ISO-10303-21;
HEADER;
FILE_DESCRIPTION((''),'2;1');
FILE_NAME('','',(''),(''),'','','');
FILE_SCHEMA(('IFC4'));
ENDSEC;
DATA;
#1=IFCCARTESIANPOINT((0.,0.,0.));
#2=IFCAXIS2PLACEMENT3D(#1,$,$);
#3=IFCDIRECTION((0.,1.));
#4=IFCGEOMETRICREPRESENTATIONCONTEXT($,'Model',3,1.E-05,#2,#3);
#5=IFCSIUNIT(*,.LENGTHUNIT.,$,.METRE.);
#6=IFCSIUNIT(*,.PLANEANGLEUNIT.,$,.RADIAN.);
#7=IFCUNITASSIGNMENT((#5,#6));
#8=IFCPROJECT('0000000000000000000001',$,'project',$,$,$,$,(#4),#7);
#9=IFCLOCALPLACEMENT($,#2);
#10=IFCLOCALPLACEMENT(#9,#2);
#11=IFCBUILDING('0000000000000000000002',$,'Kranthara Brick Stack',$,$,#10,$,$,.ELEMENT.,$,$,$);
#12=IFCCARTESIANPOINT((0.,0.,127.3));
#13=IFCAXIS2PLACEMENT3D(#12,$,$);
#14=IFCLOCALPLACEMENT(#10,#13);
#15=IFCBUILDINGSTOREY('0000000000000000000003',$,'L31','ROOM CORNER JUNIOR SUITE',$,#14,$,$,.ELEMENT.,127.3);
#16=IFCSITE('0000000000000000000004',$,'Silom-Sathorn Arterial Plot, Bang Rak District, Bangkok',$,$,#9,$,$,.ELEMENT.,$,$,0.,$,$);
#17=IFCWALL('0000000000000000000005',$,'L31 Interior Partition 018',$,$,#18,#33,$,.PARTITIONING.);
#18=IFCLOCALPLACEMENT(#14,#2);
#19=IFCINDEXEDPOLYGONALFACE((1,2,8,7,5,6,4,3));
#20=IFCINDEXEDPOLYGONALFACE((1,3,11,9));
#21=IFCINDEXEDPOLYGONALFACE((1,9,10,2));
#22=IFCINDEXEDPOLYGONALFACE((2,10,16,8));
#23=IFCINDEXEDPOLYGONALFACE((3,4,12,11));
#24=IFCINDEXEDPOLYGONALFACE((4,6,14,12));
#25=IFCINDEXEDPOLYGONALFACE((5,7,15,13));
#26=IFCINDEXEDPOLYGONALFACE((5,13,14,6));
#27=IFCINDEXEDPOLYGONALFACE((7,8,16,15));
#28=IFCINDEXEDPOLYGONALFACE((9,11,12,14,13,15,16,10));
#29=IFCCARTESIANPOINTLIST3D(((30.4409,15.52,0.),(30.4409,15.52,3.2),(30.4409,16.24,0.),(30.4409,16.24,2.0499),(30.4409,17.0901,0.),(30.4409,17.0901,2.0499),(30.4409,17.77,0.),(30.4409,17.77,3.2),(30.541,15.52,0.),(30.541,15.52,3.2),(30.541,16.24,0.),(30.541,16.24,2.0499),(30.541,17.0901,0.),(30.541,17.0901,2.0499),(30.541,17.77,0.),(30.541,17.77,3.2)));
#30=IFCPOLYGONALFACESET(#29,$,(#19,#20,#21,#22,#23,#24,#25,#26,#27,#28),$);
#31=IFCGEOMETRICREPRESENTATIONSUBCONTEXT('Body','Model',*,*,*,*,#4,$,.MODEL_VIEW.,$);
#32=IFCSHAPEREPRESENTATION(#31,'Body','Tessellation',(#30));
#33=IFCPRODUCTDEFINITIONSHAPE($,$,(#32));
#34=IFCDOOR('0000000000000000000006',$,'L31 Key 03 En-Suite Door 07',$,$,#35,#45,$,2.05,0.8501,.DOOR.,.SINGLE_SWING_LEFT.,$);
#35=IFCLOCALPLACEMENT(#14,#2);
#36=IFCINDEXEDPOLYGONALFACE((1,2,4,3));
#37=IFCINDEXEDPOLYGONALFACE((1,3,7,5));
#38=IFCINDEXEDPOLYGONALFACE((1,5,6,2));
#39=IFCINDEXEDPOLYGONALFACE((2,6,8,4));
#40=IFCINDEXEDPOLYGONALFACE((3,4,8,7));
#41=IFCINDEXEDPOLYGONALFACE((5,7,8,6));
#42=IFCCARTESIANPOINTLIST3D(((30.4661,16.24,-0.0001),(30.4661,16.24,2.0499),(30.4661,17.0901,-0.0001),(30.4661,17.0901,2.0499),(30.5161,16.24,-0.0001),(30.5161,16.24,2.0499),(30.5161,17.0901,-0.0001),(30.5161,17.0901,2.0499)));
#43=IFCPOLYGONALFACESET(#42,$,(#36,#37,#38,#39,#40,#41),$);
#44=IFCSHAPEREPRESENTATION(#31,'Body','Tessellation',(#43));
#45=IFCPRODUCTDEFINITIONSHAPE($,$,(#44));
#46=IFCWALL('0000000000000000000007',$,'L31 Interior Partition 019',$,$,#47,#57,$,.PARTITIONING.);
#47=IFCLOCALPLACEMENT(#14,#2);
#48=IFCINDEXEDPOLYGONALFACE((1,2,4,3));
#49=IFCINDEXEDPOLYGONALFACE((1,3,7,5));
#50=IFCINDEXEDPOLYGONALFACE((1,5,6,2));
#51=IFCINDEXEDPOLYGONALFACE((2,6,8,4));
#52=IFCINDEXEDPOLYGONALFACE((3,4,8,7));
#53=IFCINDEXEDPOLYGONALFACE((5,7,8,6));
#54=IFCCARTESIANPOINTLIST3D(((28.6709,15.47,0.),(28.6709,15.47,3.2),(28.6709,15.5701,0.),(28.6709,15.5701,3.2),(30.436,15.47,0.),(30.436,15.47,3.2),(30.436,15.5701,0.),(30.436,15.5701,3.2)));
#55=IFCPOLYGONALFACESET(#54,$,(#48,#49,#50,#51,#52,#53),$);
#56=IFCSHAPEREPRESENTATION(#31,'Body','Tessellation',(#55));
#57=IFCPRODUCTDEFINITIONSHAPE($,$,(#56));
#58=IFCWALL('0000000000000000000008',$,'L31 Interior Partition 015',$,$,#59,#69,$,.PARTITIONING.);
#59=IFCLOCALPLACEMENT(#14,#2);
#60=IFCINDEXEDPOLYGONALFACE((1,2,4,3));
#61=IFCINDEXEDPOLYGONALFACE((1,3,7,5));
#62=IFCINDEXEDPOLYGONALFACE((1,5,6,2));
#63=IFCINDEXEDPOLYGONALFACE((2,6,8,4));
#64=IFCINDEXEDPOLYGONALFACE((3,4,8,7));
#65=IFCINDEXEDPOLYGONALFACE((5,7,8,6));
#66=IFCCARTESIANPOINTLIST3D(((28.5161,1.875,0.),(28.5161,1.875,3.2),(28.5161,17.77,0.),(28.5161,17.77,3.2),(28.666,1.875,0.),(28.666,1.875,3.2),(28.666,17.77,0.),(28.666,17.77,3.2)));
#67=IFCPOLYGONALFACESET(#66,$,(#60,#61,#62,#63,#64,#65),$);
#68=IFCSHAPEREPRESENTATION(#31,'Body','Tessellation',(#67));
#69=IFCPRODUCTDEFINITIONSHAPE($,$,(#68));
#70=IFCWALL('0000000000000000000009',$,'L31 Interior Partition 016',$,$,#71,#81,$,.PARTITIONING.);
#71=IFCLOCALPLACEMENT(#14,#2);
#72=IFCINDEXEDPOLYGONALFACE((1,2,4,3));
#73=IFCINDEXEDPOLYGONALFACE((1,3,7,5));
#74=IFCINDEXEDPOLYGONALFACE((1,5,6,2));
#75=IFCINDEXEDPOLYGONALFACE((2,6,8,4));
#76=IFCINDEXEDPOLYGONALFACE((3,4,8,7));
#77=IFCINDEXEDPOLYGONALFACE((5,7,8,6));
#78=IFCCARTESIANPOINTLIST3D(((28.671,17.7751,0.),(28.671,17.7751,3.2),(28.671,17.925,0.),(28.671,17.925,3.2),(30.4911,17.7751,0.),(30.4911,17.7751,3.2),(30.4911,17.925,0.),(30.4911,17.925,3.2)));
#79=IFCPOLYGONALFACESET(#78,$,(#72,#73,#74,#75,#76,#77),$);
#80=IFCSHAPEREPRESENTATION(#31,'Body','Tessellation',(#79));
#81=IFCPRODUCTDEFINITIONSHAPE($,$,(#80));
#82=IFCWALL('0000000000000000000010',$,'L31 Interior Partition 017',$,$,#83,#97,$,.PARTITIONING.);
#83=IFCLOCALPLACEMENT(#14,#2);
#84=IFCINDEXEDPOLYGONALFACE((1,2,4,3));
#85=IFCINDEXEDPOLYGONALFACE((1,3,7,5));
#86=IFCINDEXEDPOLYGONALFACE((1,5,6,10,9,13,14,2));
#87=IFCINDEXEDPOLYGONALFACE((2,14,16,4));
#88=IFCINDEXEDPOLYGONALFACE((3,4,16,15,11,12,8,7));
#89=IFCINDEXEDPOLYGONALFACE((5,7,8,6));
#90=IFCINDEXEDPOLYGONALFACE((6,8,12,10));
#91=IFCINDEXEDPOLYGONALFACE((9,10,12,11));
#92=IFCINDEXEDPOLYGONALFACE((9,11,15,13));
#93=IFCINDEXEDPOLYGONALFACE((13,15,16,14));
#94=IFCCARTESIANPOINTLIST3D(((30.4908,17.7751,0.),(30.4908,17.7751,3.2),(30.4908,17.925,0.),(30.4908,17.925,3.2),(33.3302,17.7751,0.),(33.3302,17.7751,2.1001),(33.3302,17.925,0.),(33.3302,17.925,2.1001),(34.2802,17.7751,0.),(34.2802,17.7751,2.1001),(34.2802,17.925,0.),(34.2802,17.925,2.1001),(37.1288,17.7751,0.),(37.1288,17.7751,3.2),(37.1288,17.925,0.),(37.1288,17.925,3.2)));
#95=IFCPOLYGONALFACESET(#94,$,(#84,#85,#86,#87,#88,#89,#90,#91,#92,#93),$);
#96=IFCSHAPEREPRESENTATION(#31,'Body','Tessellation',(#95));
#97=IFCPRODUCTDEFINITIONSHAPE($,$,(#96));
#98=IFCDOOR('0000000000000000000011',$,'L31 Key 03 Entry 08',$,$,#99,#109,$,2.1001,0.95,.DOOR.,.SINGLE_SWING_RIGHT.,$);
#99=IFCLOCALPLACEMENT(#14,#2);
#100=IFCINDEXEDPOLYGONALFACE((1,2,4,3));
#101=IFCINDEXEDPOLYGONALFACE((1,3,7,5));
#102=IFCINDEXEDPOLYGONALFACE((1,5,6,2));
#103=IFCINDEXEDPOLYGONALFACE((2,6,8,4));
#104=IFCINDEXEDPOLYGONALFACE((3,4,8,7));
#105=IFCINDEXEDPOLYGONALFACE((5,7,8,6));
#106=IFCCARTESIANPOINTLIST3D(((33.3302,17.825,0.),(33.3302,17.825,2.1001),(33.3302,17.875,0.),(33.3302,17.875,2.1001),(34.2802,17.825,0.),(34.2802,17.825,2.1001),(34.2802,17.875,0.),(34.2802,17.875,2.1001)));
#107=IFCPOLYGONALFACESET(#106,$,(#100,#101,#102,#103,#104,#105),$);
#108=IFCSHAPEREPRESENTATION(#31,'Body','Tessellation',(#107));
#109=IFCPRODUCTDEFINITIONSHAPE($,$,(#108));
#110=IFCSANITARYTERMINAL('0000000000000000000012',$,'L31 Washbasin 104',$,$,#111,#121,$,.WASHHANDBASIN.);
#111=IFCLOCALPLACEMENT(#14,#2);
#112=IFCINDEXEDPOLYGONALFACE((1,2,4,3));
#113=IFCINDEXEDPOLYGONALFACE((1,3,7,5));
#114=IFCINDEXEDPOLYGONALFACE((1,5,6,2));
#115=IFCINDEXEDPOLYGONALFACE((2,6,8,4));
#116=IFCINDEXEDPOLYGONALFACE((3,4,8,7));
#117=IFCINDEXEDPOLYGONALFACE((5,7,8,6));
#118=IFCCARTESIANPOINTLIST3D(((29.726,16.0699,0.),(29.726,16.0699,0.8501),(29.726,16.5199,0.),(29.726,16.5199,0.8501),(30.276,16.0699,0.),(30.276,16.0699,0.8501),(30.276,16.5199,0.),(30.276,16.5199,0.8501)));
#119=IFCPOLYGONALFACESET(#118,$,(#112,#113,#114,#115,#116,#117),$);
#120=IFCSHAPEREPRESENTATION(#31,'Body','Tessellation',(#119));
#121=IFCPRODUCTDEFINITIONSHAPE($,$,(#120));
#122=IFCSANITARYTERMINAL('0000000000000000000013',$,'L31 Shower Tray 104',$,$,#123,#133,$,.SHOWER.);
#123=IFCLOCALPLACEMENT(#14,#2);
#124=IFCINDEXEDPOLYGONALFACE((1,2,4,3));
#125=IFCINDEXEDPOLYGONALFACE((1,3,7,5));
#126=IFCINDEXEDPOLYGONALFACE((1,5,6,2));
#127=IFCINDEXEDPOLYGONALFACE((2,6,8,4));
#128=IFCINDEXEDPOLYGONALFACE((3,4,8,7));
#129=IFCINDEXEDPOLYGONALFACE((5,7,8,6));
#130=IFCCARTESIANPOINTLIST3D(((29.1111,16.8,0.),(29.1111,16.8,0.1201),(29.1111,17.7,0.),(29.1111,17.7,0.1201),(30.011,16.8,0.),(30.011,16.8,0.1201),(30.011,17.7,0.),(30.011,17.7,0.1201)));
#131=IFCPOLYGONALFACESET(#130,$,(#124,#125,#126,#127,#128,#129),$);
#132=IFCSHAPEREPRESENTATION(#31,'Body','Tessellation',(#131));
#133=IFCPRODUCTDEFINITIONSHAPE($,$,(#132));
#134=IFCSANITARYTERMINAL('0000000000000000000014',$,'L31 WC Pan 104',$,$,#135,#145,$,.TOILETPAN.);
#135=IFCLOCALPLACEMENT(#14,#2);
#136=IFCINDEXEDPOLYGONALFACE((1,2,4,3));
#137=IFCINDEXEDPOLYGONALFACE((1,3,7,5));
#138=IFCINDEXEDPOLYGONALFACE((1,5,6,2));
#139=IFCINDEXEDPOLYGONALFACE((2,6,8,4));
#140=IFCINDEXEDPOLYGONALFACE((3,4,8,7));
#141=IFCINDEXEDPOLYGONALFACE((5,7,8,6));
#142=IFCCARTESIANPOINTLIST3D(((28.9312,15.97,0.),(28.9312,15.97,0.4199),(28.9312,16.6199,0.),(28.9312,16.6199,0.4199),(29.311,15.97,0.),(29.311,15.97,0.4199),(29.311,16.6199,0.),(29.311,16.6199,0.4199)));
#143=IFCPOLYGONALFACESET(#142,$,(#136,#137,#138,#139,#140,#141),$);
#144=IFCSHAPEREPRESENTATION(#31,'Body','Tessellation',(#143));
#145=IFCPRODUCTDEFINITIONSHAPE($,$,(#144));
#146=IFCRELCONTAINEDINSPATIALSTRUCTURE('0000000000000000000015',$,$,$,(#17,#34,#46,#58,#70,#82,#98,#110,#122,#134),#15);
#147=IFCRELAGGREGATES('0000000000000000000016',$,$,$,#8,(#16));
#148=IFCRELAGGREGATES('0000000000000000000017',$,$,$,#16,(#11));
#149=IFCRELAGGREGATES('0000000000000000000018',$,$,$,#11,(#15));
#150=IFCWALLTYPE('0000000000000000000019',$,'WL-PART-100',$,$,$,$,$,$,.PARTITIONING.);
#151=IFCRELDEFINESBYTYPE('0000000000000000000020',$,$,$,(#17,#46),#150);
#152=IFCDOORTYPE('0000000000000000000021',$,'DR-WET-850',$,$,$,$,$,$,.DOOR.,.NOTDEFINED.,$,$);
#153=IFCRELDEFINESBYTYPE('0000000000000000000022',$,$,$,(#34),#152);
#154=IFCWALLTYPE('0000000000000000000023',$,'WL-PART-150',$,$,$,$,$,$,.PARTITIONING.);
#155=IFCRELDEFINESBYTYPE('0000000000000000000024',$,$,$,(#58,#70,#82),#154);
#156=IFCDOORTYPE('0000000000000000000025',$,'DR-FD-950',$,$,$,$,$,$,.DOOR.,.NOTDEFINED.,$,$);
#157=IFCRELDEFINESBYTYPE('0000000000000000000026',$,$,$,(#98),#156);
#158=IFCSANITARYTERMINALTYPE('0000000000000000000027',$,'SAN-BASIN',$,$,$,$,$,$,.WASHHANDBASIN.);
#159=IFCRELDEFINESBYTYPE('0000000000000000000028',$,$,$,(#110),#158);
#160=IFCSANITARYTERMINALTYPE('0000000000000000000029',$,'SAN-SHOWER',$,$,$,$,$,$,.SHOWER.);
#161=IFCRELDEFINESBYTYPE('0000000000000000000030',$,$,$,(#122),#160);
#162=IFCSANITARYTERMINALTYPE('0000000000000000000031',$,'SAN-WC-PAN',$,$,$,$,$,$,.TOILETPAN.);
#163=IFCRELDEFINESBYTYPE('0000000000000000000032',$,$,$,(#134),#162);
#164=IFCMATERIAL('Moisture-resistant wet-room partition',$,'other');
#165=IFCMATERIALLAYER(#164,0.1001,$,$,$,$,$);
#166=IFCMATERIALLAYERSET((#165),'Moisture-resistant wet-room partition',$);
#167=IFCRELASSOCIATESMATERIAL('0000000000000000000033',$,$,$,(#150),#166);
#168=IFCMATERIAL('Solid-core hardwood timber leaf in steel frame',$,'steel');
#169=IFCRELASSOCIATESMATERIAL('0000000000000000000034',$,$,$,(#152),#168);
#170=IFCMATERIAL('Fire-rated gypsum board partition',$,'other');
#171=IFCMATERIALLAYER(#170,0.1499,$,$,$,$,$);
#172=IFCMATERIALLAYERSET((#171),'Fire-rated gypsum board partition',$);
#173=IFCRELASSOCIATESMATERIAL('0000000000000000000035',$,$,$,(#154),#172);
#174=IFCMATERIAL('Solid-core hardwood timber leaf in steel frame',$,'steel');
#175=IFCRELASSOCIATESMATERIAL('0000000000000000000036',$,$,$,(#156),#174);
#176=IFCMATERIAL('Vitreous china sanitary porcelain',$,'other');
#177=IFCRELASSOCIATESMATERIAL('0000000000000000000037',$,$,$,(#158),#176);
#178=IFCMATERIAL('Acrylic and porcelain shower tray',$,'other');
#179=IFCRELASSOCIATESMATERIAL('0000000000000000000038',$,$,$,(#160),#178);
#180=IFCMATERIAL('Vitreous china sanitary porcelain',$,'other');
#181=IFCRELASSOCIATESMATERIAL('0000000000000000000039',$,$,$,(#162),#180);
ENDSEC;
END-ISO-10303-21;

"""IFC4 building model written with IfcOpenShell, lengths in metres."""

from ifc_helpers import new_model, si_unit, direction, frame, frame_2d, origin, origin_2d, place, context, subcontext, project, spatial, rectangle, extrude, material, layer, layer_set, type_object, element, fill, save


model = new_model("IFC4")

# Units and contexts
model_context = context("Model", 3, precision=1e-05, world=origin(), true_north=direction((0.0, 1.0)))
body_context = subcontext(model_context, "Body", "Model", "MODEL_VIEW")
ifc_project = project(units=[si_unit("LENGTHUNIT", "METRE"), si_unit("PLANEANGLEUNIT", "RADIAN")], contexts=[model_context])

# Site, building, storey
site_placement = place(None, origin())
site = spatial("IfcSite", under=ifc_project, at=site_placement, Name="Silom-Sathorn Arterial Plot, Bang Rak District, Bangkok", CompositionType="ELEMENT", RefElevation=0.0)
building_placement = place(site_placement, origin())
building = spatial("IfcBuilding", under=site, at=building_placement, Name="Kranthara Brick Stack", CompositionType="ELEMENT")
storey_placement = place(building_placement, frame((0.0, 0.0, 127.3)))
storey = spatial("IfcBuildingStorey", under=building, at=storey_placement, Name="L31", Description="ROOM CORNER JUNIOR SUITE", CompositionType="ELEMENT", Elevation=127.3)

# Wall, opening, door
ifc_material_1 = material(Name="Moisture-resistant wet-room partition", Category="other")
ifc_layer_1 = layer(ifc_material_1, 0.1001)
ifc_layer_set_1 = layer_set([ifc_layer_1], Name="Moisture-resistant wet-room partition")
wall_type_1 = type_object("IfcWallType", Name="WL-PART-100", PredefinedType="PARTITIONING", material=ifc_layer_set_1)
wall_1_placement = place(storey_placement, frame((30.491, 15.52, 0.0), z_axis=(0.0, 0.0, 1.0), x_axis=(0.0, 1.0, 0.0)))
wall_1 = element("IfcWall", 1, at=wall_1_placement, inside=storey, type_object=wall_type_1, Name="L31 Interior Partition 018", PredefinedType="PARTITIONING", context=body_context, shape_type="SweptSolid", body=[
    extrude(rectangle(XDim=2.25, YDim=0.1001, at=frame_2d((1.125, 0.0))), origin(), (0.0, 0.0, 1.0), 3.2),
])
opening_1_placement = place(wall_1_placement, frame((0.72, 0.0, 0.0)))
opening_1 = element("IfcOpeningElement", 2, at=opening_1_placement, cuts=wall_1, PredefinedType="OPENING", context=body_context, shape_type="SweptSolid", body=[
    extrude(rectangle(XDim=0.8501, YDim=2.05, at=frame_2d((0.425, 1.0249))), frame((0.0, 0.0601, 0.0), z_axis=(0.0, -1.0, 0.0), x_axis=(1.0, 0.0, 0.0)), (0.0, 0.0, 1.0), 0.1201),
])
ifc_material_2 = material(Name="Solid-core hardwood timber leaf in steel frame", Category="steel")
door_type_1 = type_object("IfcDoorType", Name="DR-WET-850", OperationType="NOTDEFINED", PredefinedType="DOOR", material=ifc_material_2)
door_1_placement = place(opening_1_placement, origin())
door_1 = element("IfcDoor", 3, at=door_1_placement, inside=storey, type_object=door_type_1, Name="L31 Key 03 En-Suite Door 07", OperationType="SINGLE_SWING_LEFT", OverallHeight=2.05, OverallWidth=0.8501, PredefinedType="DOOR", context=body_context, shape_type="SweptSolid", body=[
    extrude(rectangle(XDim=0.8501, YDim=2.05, at=frame_2d((0.425, 1.0249))), frame((0.0, 0.0249, 0.0), z_axis=(0.0, -1.0, 0.0), x_axis=(1.0, 0.0, 0.0)), (0.0, 0.0, 1.0), 0.05),
])
fill(opening_1, door_1)

# Walls
wall_2_placement = place(storey_placement, frame((28.6709, 15.52, 0.0), z_axis=(0.0, 0.0, 1.0), x_axis=(1.0, 0.0, 0.0)))
element("IfcWall", 4, at=wall_2_placement, inside=storey, type_object=wall_type_1, Name="L31 Interior Partition 019", PredefinedType="PARTITIONING", context=body_context, shape_type="SweptSolid", body=[
    extrude(rectangle(XDim=1.7651, YDim=0.1001, at=frame_2d((0.8826, 0.0))), origin(), (0.0, 0.0, 1.0), 3.2),
])
ifc_material_3 = material(Name="Fire-rated gypsum board partition", Category="other")
ifc_layer_2 = layer(ifc_material_3, 0.1499)
ifc_layer_set_2 = layer_set([ifc_layer_2], Name="Fire-rated gypsum board partition")
wall_type_2 = type_object("IfcWallType", Name="WL-PART-150", PredefinedType="PARTITIONING", material=ifc_layer_set_2)
wall_3_placement = place(storey_placement, frame((28.5911, 1.875, 0.0), z_axis=(0.0, 0.0, 1.0), x_axis=(0.0, 1.0, 0.0)))
element("IfcWall", 5, at=wall_3_placement, inside=storey, type_object=wall_type_2, Name="L31 Interior Partition 015", PredefinedType="PARTITIONING", context=body_context, shape_type="SweptSolid", body=[
    extrude(rectangle(XDim=15.895, YDim=0.1499, at=frame_2d((7.9475, 0.0))), origin(), (0.0, 0.0, 1.0), 3.2),
])
wall_4_placement = place(storey_placement, frame((28.6709, 17.8501, 0.0), z_axis=(0.0, 0.0, 1.0), x_axis=(1.0, 0.0, 0.0)))
element("IfcWall", 6, at=wall_4_placement, inside=storey, type_object=wall_type_2, Name="L31 Interior Partition 016", PredefinedType="PARTITIONING", context=body_context, shape_type="SweptSolid", body=[
    extrude(rectangle(XDim=1.8201, YDim=0.1499, at=frame_2d((0.9102, 0.0))), origin(), (0.0, 0.0, 1.0), 3.2),
])

# Wall, opening, door
wall_5_placement = place(storey_placement, frame((30.491, 17.8501, 0.0), z_axis=(0.0, 0.0, 1.0), x_axis=(1.0, 0.0, 0.0)))
wall_5 = element("IfcWall", 7, at=wall_5_placement, inside=storey, type_object=wall_type_2, Name="L31 Interior Partition 017", PredefinedType="PARTITIONING", context=body_context, shape_type="SweptSolid", body=[
    extrude(rectangle(XDim=6.6379, YDim=0.1499, at=frame_2d((3.3188, 0.0))), origin(), (0.0, 0.0, 1.0), 3.2),
])
opening_2_placement = place(wall_5_placement, frame((2.8391, 0.0, 0.0)))
opening_2 = element("IfcOpeningElement", 8, at=opening_2_placement, cuts=wall_5, PredefinedType="OPENING", context=body_context, shape_type="SweptSolid", body=[
    extrude(rectangle(XDim=0.95, YDim=2.1001, at=frame_2d((0.4751, 1.05))), frame((0.0, 0.085, 0.0), z_axis=(0.0, -1.0, 0.0), x_axis=(1.0, 0.0, 0.0)), (0.0, 0.0, 1.0), 0.1699),
])
ifc_material_4 = material(Name="Solid-core hardwood timber leaf in steel frame", Category="steel")
door_type_2 = type_object("IfcDoorType", Name="DR-FD-950", OperationType="NOTDEFINED", PredefinedType="DOOR", material=ifc_material_4)
door_2_placement = place(opening_2_placement, origin())
door_2 = element("IfcDoor", 9, at=door_2_placement, inside=storey, type_object=door_type_2, Name="L31 Key 03 Entry 08", OperationType="SINGLE_SWING_RIGHT", OverallHeight=2.1001, OverallWidth=0.95, PredefinedType="DOOR", context=body_context, shape_type="SweptSolid", body=[
    extrude(rectangle(XDim=0.95, YDim=2.1001, at=frame_2d((0.4751, 1.05))), frame((0.0, 0.0249, 0.0), z_axis=(0.0, -1.0, 0.0), x_axis=(1.0, 0.0, 0.0)), (0.0, 0.0, 1.0), 0.05),
])
fill(opening_2, door_2)

# Sanitary terminals
ifc_material_5 = material(Name="Vitreous china sanitary porcelain", Category="other")
sanitary_terminal_type_1 = type_object("IfcSanitaryTerminalType", Name="SAN-BASIN", PredefinedType="WASHHANDBASIN", material=ifc_material_5)
sanitary_terminal_1_placement = place(storey_placement, frame((30.001, 16.2949, 0.0), z_axis=(0.0, 0.0, 1.0), x_axis=(1.0, 0.0, 0.0)))
element("IfcSanitaryTerminal", 10, at=sanitary_terminal_1_placement, inside=storey, type_object=sanitary_terminal_type_1, Name="L31 Washbasin 104", PredefinedType="WASHHANDBASIN", context=body_context, shape_type="SweptSolid", body=[
    extrude(rectangle(XDim=0.55, YDim=0.45, at=origin_2d()), origin(), (0.0, 0.0, 1.0), 0.8501),
])
ifc_material_6 = material(Name="Acrylic and porcelain shower tray", Category="other")
sanitary_terminal_type_2 = type_object("IfcSanitaryTerminalType", Name="SAN-SHOWER", PredefinedType="SHOWER", material=ifc_material_6)
sanitary_terminal_2_placement = place(storey_placement, frame((29.561, 17.25, 0.0), z_axis=(0.0, 0.0, 1.0), x_axis=(1.0, 0.0, 0.0)))
element("IfcSanitaryTerminal", 11, at=sanitary_terminal_2_placement, inside=storey, type_object=sanitary_terminal_type_2, Name="L31 Shower Tray 104", PredefinedType="SHOWER", context=body_context, shape_type="SweptSolid", body=[
    extrude(rectangle(XDim=0.8999, YDim=0.8999, at=origin_2d()), origin(), (0.0, 0.0, 1.0), 0.1201),
])
ifc_material_7 = material(Name="Vitreous china sanitary porcelain", Category="other")
sanitary_terminal_type_3 = type_object("IfcSanitaryTerminalType", Name="SAN-WC-PAN", PredefinedType="TOILETPAN", material=ifc_material_7)
sanitary_terminal_3_placement = place(storey_placement, frame((29.1211, 16.2949, 0.0), z_axis=(0.0, 0.0, 1.0), x_axis=(1.0, 0.0, 0.0)))
element("IfcSanitaryTerminal", 12, at=sanitary_terminal_3_placement, inside=storey, type_object=sanitary_terminal_type_3, Name="L31 WC Pan 104", PredefinedType="TOILETPAN", context=body_context, shape_type="SweptSolid", body=[
    extrude(rectangle(XDim=0.3799, YDim=0.6499, at=origin_2d()), origin(), (0.0, 0.0, 1.0), 0.4199),
])

save(model, "model.ifc")
